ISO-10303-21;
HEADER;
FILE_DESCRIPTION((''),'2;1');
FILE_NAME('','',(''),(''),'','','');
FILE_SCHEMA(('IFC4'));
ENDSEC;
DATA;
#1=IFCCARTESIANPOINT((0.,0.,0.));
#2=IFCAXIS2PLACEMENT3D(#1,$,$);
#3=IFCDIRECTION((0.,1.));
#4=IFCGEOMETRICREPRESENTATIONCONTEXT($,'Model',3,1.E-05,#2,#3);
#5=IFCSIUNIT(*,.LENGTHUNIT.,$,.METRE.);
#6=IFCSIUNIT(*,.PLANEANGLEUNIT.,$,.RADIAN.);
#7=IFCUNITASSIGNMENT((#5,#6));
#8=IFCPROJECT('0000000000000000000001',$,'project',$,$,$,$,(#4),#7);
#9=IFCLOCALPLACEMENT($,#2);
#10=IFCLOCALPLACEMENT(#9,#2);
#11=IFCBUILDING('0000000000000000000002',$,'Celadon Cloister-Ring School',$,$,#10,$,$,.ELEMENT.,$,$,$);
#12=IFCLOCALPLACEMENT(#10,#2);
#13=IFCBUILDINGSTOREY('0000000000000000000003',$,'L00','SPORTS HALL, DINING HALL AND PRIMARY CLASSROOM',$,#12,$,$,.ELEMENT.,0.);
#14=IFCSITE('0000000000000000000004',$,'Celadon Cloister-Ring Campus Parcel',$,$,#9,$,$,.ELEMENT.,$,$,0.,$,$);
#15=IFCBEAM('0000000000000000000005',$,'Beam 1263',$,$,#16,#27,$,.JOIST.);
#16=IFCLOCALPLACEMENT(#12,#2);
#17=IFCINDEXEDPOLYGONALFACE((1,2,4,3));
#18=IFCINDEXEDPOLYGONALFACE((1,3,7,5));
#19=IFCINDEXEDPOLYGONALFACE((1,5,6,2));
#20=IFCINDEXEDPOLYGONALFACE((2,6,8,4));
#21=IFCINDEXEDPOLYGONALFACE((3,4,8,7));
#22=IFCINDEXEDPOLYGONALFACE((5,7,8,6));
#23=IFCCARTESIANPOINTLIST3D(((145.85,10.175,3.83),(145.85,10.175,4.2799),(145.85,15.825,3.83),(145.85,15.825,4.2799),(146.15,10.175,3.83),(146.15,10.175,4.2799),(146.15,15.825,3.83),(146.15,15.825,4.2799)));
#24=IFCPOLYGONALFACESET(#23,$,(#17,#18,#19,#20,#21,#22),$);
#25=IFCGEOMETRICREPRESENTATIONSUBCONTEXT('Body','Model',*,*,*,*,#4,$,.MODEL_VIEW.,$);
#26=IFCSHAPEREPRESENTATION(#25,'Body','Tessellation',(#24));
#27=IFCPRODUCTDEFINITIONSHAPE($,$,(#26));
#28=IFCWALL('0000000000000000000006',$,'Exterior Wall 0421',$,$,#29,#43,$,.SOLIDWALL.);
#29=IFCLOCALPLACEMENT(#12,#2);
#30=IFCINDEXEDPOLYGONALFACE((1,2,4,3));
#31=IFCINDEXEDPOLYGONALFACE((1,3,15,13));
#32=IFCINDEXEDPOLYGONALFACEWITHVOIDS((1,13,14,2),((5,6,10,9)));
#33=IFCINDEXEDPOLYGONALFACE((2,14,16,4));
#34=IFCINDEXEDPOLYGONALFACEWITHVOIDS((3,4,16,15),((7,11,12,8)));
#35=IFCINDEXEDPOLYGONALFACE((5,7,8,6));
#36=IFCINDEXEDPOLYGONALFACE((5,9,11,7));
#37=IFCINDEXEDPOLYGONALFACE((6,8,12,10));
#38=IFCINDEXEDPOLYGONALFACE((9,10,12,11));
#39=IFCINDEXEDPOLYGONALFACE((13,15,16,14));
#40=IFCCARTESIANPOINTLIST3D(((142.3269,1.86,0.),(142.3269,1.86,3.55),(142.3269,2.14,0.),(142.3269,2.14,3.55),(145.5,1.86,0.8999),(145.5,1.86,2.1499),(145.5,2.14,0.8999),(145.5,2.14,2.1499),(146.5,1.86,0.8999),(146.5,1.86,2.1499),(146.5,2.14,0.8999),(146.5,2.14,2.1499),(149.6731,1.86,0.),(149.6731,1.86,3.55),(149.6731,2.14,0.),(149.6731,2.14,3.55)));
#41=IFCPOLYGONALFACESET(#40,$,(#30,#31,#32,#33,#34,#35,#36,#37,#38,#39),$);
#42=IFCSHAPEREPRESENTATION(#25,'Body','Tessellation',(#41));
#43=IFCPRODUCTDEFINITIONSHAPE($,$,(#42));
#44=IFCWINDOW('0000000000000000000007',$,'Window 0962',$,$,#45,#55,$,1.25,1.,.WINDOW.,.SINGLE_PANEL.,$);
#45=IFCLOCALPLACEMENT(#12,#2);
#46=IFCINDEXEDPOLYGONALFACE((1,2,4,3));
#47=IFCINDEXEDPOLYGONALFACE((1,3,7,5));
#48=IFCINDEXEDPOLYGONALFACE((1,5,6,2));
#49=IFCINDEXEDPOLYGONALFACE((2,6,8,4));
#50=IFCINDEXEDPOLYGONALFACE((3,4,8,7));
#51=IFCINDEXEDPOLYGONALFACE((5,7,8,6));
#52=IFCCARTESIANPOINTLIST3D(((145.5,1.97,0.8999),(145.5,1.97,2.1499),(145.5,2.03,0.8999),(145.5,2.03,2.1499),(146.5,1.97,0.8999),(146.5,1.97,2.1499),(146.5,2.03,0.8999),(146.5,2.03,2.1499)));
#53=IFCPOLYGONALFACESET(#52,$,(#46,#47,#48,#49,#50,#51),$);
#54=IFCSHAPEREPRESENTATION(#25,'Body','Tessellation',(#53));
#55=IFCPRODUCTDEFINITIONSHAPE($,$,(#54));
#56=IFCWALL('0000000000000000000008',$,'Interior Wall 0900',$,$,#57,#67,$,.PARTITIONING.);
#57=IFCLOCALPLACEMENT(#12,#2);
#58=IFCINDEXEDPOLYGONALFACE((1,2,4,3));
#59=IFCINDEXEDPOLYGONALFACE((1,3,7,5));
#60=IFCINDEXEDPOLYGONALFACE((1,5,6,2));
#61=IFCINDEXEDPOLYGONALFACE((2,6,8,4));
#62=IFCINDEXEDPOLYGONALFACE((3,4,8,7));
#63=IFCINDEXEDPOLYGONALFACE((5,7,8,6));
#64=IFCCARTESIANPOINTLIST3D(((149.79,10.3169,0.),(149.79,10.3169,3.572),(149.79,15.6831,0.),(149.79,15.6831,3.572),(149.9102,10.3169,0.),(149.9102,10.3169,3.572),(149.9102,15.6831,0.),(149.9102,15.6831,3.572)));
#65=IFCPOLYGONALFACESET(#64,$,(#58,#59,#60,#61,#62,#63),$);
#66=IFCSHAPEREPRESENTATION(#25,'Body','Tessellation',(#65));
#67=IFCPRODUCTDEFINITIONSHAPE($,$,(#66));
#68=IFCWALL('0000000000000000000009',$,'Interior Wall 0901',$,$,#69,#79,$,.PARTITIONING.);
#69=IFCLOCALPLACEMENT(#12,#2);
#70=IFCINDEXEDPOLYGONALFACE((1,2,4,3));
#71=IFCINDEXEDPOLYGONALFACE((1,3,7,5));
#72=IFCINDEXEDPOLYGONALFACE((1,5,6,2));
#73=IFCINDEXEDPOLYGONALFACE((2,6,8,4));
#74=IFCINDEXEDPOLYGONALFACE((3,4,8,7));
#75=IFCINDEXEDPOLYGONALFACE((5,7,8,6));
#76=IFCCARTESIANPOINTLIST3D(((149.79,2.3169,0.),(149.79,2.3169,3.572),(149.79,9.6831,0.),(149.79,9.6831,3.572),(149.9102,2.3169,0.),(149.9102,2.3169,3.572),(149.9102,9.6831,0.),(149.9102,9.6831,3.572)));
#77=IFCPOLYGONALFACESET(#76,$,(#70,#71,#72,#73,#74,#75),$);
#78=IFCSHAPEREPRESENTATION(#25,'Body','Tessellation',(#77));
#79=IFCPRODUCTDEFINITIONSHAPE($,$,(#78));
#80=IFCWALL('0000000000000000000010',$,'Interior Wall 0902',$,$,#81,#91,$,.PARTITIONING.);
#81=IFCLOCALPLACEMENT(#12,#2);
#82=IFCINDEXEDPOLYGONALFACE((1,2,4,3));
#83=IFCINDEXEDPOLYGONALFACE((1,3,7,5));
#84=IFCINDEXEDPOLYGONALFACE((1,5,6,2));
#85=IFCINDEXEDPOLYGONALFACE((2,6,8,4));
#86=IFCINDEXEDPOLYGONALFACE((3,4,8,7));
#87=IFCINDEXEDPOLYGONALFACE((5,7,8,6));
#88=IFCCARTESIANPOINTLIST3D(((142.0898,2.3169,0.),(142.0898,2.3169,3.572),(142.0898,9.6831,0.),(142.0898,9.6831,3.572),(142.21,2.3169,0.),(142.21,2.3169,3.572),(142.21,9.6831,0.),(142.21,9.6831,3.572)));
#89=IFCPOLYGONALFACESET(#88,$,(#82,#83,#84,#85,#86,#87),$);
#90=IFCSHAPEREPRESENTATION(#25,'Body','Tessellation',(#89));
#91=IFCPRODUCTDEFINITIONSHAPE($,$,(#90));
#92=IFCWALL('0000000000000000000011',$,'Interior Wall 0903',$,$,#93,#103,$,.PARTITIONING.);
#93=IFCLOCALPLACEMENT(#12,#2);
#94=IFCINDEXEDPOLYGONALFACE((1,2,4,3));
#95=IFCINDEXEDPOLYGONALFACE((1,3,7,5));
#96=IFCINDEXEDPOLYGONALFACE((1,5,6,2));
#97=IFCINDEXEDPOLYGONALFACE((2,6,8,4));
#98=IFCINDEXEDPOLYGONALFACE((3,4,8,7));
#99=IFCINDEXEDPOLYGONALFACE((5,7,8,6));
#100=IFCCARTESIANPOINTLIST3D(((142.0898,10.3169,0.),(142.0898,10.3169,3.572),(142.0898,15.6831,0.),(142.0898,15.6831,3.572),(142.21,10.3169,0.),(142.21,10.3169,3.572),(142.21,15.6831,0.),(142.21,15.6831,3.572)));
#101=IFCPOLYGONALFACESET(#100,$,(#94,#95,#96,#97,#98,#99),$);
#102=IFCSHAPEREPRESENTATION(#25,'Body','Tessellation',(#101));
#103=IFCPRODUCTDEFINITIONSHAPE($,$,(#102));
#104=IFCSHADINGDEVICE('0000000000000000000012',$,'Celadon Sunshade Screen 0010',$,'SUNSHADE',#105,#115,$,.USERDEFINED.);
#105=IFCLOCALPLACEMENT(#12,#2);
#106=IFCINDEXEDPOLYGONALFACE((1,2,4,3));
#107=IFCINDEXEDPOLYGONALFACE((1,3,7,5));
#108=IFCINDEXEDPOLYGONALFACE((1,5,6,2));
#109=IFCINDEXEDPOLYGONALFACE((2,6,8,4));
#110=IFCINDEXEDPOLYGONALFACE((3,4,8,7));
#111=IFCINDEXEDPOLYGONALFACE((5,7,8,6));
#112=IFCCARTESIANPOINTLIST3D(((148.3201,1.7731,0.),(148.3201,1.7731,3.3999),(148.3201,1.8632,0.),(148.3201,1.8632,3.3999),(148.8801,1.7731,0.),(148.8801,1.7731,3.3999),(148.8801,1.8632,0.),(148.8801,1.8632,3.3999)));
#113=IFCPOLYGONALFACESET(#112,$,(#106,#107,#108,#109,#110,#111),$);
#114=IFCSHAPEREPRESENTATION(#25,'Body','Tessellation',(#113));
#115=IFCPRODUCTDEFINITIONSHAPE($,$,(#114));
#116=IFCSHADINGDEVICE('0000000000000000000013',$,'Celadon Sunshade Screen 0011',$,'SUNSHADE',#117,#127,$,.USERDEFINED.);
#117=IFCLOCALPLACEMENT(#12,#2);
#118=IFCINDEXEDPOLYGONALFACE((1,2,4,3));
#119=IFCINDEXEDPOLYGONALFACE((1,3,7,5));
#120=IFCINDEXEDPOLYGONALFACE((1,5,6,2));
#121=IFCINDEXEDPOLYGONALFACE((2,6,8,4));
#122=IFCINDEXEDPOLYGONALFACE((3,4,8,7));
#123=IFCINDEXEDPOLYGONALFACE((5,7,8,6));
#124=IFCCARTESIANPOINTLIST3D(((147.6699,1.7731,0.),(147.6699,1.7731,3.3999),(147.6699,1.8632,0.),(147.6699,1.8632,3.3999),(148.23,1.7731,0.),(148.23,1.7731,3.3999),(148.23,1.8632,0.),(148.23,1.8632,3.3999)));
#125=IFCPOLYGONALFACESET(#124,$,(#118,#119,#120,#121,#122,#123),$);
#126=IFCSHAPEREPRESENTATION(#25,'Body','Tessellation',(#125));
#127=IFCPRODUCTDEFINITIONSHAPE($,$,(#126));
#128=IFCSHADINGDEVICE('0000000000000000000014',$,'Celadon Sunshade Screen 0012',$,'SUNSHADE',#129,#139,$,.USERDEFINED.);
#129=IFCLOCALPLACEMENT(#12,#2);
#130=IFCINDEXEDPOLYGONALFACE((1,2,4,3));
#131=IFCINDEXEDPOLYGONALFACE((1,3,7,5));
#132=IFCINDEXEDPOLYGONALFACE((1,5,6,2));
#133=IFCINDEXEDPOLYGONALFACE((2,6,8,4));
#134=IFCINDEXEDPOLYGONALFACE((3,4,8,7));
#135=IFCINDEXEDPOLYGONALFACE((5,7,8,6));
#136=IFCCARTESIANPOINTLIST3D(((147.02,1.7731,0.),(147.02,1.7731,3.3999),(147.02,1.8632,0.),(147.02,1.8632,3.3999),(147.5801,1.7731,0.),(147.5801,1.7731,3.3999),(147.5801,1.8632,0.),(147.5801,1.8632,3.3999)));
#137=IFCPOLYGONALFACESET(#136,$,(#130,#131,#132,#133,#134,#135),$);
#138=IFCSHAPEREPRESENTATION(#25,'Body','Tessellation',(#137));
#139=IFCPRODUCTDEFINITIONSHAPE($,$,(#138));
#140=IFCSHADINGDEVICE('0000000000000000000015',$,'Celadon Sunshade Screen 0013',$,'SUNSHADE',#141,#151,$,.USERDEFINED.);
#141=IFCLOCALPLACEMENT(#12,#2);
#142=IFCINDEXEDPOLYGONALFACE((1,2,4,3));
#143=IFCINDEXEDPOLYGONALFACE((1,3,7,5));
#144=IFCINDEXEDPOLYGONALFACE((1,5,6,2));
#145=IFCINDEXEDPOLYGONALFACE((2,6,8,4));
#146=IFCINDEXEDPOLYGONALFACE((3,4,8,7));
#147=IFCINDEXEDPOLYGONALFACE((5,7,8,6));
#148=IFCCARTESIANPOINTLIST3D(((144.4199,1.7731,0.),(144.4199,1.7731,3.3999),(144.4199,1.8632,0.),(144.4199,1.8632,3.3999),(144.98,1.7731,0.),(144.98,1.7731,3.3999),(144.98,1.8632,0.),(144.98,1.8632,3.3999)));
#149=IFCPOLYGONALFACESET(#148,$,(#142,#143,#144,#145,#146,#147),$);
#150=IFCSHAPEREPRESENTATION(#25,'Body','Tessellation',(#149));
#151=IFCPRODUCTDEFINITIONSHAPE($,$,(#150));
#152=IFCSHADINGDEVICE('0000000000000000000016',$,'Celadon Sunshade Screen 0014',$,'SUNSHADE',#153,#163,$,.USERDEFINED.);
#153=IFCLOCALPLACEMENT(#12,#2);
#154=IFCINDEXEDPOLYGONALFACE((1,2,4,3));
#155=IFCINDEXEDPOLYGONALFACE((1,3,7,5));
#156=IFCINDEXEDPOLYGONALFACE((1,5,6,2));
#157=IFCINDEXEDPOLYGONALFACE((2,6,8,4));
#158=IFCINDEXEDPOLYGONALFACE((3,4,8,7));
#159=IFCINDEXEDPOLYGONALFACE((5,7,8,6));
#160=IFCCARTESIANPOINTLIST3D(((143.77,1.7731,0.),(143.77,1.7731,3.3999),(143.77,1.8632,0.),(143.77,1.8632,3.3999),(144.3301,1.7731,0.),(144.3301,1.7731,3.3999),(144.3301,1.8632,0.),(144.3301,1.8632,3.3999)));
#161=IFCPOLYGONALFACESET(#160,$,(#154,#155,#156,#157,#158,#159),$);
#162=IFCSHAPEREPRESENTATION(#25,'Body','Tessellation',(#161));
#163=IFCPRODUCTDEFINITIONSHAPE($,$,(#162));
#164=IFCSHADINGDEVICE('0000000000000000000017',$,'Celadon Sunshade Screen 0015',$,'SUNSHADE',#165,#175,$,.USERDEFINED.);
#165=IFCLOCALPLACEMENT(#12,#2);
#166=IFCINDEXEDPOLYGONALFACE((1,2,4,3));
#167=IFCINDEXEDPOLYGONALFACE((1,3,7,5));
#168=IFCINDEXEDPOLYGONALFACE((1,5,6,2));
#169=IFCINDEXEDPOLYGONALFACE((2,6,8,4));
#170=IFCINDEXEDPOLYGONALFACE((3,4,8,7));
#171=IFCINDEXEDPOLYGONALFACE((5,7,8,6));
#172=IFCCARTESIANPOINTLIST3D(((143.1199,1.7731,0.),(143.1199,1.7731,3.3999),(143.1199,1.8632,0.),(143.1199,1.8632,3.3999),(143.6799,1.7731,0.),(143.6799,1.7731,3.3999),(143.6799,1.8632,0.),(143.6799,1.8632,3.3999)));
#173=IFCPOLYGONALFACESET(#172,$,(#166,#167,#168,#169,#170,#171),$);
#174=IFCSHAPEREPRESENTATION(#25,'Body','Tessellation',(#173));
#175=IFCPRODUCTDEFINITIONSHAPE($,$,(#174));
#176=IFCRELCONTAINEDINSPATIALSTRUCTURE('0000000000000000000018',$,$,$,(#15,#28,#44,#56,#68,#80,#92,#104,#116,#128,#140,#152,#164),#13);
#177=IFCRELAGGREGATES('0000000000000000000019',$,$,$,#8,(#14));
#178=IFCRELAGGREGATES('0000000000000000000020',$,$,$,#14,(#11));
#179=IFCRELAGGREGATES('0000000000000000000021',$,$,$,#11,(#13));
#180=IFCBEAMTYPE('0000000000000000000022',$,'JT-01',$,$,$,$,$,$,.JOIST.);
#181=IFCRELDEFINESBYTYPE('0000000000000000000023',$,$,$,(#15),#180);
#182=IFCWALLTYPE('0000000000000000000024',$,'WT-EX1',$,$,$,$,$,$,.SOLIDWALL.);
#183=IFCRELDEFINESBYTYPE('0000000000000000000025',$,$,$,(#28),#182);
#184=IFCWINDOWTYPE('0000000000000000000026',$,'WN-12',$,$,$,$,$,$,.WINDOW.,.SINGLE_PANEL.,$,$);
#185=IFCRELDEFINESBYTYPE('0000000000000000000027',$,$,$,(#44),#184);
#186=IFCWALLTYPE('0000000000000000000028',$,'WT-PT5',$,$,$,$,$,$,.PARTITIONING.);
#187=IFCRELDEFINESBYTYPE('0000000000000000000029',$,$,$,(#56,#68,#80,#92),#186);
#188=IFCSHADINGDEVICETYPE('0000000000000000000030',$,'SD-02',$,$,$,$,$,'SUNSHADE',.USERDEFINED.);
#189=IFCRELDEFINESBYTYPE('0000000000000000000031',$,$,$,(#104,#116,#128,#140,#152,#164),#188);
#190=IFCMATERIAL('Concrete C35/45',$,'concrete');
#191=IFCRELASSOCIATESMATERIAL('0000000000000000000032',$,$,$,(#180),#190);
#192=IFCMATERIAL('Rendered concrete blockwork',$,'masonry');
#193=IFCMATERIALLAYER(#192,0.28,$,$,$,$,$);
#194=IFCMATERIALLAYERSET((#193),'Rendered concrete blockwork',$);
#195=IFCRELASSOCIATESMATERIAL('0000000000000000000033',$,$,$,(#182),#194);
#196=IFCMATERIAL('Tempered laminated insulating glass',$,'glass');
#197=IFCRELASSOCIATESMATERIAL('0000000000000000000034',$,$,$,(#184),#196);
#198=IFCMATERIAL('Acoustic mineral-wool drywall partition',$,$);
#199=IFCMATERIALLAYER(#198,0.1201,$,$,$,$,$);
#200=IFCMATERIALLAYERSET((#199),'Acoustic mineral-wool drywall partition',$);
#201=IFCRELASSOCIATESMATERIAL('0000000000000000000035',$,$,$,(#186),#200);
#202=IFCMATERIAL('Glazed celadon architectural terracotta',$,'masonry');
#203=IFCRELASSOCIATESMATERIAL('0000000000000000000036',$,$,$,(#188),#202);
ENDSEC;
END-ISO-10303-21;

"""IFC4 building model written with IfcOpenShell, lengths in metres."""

from ifc_helpers import new_model, si_unit, direction, frame, frame_2d, origin, origin_2d, place, context, subcontext, project, spatial, rectangle, extrude, material, layer, layer_set, material_profile, profile_set, type_object, element, fill, save


model = new_model("IFC4")

# Units and contexts
model_context = context("Model", 3, precision=1e-05, world=origin(), true_north=direction((0.0, 1.0)))
body_context = subcontext(model_context, "Body", "Model", "MODEL_VIEW")
ifc_project = project(units=[si_unit("LENGTHUNIT", "METRE"), si_unit("PLANEANGLEUNIT", "RADIAN")], contexts=[model_context])

# Site, building, storey
site_placement = place(None, origin())
site = spatial("IfcSite", under=ifc_project, at=site_placement, Name="Celadon Cloister-Ring Campus Parcel", CompositionType="ELEMENT", RefElevation=0.0)
building_placement = place(site_placement, origin())
building = spatial("IfcBuilding", under=site, at=building_placement, Name="Celadon Cloister-Ring School", CompositionType="ELEMENT")
storey_placement = place(building_placement, origin())
storey = spatial("IfcBuildingStorey", under=building, at=storey_placement, Name="L00", Description="SPORTS HALL, DINING HALL AND PRIMARY CLASSROOM", CompositionType="ELEMENT", Elevation=0.0)

# Beam
ifc_material_1 = material(Name="Concrete C35/45", Category="concrete")
ifc_material_profile_1 = material_profile(ifc_material_1, rectangle(XDim=0.3, YDim=0.45, at=origin_2d()), Name="RC300X450")
ifc_profile_set_1 = profile_set([ifc_material_profile_1], Name="Concrete C35/45")
beam_type_1 = type_object("IfcBeamType", Name="JT-01", PredefinedType="JOIST", material=ifc_profile_set_1)
beam_1_placement = place(storey_placement, frame((146.0, 10.175, 4.0549), z_axis=(0.0, 1.0, 0.0), x_axis=(-1.0, 0.0, 0.0)))
element("IfcBeam", 1, at=beam_1_placement, inside=storey, type_object=beam_type_1, Name="Beam 1263", PredefinedType="JOIST", context=body_context, shape_type="SweptSolid", body=[
    extrude(rectangle(XDim=0.3, YDim=0.45, at=origin_2d()), origin(), (0.0, 0.0, 1.0), 5.6499),
])

# Wall, opening, window
ifc_material_2 = material(Name="Rendered concrete blockwork", Category="masonry")
ifc_layer_1 = layer(ifc_material_2, 0.28)
ifc_layer_set_1 = layer_set([ifc_layer_1], Name="Rendered concrete blockwork")
wall_type_1 = type_object("IfcWallType", Name="WT-EX1", PredefinedType="SOLIDWALL", material=ifc_layer_set_1)
wall_1_placement = place(storey_placement, frame((149.6731, 2.0, 0.0), z_axis=(0.0, 0.0, 1.0), x_axis=(-1.0, 0.0, 0.0)))
wall_1 = element("IfcWall", 2, at=wall_1_placement, inside=storey, type_object=wall_type_1, Name="Exterior Wall 0421", PredefinedType="SOLIDWALL", context=body_context, shape_type="SweptSolid", body=[
    extrude(rectangle(XDim=7.3462, YDim=0.28, at=frame_2d((3.6731, 0.0))), origin(), (0.0, 0.0, 1.0), 3.55),
])
opening_placement = place(wall_1_placement, frame((3.1731, 0.0, 0.8999)))
opening = element("IfcOpeningElement", 3, at=opening_placement, cuts=wall_1, PredefinedType="OPENING", context=body_context, shape_type="SweptSolid", body=[
    extrude(rectangle(XDim=1.0, YDim=1.25, at=frame_2d((0.5, 0.625))), frame((0.0, 0.1499, 0.0), z_axis=(0.0, -1.0, 0.0), x_axis=(1.0, 0.0, 0.0)), (0.0, 0.0, 1.0), 0.3),
])
ifc_material_3 = material(Name="Tempered laminated insulating glass", Category="glass")
window_type = type_object("IfcWindowType", Name="WN-12", PartitioningType="SINGLE_PANEL", PredefinedType="WINDOW", material=ifc_material_3)
window_placement = place(opening_placement, origin())
window = element("IfcWindow", 4, at=window_placement, inside=storey, type_object=window_type, Name="Window 0962", OverallHeight=1.25, OverallWidth=1.0, PartitioningType="SINGLE_PANEL", PredefinedType="WINDOW", context=body_context, shape_type="SweptSolid", body=[
    extrude(rectangle(XDim=1.0, YDim=1.25, at=frame_2d((0.5, 0.625))), frame((0.0, 0.03, 0.0), z_axis=(0.0, -1.0, 0.0), x_axis=(1.0, 0.0, 0.0)), (0.0, 0.0, 1.0), 0.0601),
])
fill(opening, window)

# Walls
ifc_material_4 = material(Name="Acoustic mineral-wool drywall partition")
ifc_layer_2 = layer(ifc_material_4, 0.1201)
ifc_layer_set_2 = layer_set([ifc_layer_2], Name="Acoustic mineral-wool drywall partition")
wall_type_2 = type_object("IfcWallType", Name="WT-PT5", PredefinedType="PARTITIONING", material=ifc_layer_set_2)
wall_2_placement = place(storey_placement, frame((149.8501, 15.6831, 0.0), z_axis=(0.0, 0.0, 1.0), x_axis=(0.0, -1.0, 0.0)))
element("IfcWall", 5, at=wall_2_placement, inside=storey, type_object=wall_type_2, Name="Interior Wall 0900", PredefinedType="PARTITIONING", context=body_context, shape_type="SweptSolid", body=[
    extrude(rectangle(XDim=5.3662, YDim=0.1201, at=frame_2d((2.6831, 0.0))), origin(), (0.0, 0.0, 1.0), 3.572),
])
for number, where, z_axis, x_axis, name in (
    (6, (149.8501, 9.6831, 0.0), (0.0, 0.0, 1.0), (0.0, -1.0, 0.0), "Interior Wall 0901"),
    (7, (142.1499, 2.3169, 0.0), (0.0, 0.0, 1.0), (0.0, 1.0, 0.0), "Interior Wall 0902"),
):
    element("IfcWall", number, at=place(storey_placement, frame(where, z_axis=z_axis, x_axis=x_axis)), inside=storey, type_object=wall_type_2, Name=name, PredefinedType="PARTITIONING", context=body_context, shape_type="SweptSolid", body=[
        extrude(rectangle(XDim=7.3662, YDim=0.1201, at=frame_2d((3.6831, 0.0))), origin(), (0.0, 0.0, 1.0), 3.572),
    ])
wall_3_placement = place(storey_placement, frame((142.1499, 10.3169, 0.0), z_axis=(0.0, 0.0, 1.0), x_axis=(0.0, 1.0, 0.0)))
element("IfcWall", 8, at=wall_3_placement, inside=storey, type_object=wall_type_2, Name="Interior Wall 0903", PredefinedType="PARTITIONING", context=body_context, shape_type="SweptSolid", body=[
    extrude(rectangle(XDim=5.3662, YDim=0.1201, at=frame_2d((2.6831, 0.0))), origin(), (0.0, 0.0, 1.0), 3.572),
])

# Shading devices
ifc_material_5 = material(Name="Glazed celadon architectural terracotta", Category="masonry")
shading_device_type = type_object("IfcShadingDeviceType", Name="SD-02", ElementType="SUNSHADE", PredefinedType="USERDEFINED", material=ifc_material_5)
for number, where, z_axis, x_axis, name in (
    (9, (148.6001, 1.8181, 0.0), (0.0, 0.0, 1.0), (-1.0, 0.0, 0.0), "Celadon Sunshade Screen 0010"),
    (10, (147.95, 1.8181, 0.0), (0.0, 0.0, 1.0), (-1.0, 0.0, 0.0), "Celadon Sunshade Screen 0011"),
    (11, (147.3, 1.8181, 0.0), (0.0, 0.0, 1.0), (-1.0, 0.0, 0.0), "Celadon Sunshade Screen 0012"),
    (12, (144.7, 1.8181, 0.0), (0.0, 0.0, 1.0), (-1.0, 0.0, 0.0), "Celadon Sunshade Screen 0013"),
    (13, (144.05, 1.8181, 0.0), (0.0, 0.0, 1.0), (-1.0, 0.0, 0.0), "Celadon Sunshade Screen 0014"),
    (14, (143.3999, 1.8181, 0.0), (0.0, 0.0, 1.0), (-1.0, 0.0, 0.0), "Celadon Sunshade Screen 0015"),
):
    element("IfcShadingDevice", number, at=place(storey_placement, frame(where, z_axis=z_axis, x_axis=x_axis)), inside=storey, type_object=shading_device_type, Name=name, ObjectType="SUNSHADE", PredefinedType="USERDEFINED", context=body_context, shape_type="SweptSolid", body=[
        extrude(rectangle(XDim=0.5601, YDim=0.0901, at=origin_2d()), origin(), (0.0, 0.0, 1.0), 3.3999),
    ])

save(model, "model.ifc")
